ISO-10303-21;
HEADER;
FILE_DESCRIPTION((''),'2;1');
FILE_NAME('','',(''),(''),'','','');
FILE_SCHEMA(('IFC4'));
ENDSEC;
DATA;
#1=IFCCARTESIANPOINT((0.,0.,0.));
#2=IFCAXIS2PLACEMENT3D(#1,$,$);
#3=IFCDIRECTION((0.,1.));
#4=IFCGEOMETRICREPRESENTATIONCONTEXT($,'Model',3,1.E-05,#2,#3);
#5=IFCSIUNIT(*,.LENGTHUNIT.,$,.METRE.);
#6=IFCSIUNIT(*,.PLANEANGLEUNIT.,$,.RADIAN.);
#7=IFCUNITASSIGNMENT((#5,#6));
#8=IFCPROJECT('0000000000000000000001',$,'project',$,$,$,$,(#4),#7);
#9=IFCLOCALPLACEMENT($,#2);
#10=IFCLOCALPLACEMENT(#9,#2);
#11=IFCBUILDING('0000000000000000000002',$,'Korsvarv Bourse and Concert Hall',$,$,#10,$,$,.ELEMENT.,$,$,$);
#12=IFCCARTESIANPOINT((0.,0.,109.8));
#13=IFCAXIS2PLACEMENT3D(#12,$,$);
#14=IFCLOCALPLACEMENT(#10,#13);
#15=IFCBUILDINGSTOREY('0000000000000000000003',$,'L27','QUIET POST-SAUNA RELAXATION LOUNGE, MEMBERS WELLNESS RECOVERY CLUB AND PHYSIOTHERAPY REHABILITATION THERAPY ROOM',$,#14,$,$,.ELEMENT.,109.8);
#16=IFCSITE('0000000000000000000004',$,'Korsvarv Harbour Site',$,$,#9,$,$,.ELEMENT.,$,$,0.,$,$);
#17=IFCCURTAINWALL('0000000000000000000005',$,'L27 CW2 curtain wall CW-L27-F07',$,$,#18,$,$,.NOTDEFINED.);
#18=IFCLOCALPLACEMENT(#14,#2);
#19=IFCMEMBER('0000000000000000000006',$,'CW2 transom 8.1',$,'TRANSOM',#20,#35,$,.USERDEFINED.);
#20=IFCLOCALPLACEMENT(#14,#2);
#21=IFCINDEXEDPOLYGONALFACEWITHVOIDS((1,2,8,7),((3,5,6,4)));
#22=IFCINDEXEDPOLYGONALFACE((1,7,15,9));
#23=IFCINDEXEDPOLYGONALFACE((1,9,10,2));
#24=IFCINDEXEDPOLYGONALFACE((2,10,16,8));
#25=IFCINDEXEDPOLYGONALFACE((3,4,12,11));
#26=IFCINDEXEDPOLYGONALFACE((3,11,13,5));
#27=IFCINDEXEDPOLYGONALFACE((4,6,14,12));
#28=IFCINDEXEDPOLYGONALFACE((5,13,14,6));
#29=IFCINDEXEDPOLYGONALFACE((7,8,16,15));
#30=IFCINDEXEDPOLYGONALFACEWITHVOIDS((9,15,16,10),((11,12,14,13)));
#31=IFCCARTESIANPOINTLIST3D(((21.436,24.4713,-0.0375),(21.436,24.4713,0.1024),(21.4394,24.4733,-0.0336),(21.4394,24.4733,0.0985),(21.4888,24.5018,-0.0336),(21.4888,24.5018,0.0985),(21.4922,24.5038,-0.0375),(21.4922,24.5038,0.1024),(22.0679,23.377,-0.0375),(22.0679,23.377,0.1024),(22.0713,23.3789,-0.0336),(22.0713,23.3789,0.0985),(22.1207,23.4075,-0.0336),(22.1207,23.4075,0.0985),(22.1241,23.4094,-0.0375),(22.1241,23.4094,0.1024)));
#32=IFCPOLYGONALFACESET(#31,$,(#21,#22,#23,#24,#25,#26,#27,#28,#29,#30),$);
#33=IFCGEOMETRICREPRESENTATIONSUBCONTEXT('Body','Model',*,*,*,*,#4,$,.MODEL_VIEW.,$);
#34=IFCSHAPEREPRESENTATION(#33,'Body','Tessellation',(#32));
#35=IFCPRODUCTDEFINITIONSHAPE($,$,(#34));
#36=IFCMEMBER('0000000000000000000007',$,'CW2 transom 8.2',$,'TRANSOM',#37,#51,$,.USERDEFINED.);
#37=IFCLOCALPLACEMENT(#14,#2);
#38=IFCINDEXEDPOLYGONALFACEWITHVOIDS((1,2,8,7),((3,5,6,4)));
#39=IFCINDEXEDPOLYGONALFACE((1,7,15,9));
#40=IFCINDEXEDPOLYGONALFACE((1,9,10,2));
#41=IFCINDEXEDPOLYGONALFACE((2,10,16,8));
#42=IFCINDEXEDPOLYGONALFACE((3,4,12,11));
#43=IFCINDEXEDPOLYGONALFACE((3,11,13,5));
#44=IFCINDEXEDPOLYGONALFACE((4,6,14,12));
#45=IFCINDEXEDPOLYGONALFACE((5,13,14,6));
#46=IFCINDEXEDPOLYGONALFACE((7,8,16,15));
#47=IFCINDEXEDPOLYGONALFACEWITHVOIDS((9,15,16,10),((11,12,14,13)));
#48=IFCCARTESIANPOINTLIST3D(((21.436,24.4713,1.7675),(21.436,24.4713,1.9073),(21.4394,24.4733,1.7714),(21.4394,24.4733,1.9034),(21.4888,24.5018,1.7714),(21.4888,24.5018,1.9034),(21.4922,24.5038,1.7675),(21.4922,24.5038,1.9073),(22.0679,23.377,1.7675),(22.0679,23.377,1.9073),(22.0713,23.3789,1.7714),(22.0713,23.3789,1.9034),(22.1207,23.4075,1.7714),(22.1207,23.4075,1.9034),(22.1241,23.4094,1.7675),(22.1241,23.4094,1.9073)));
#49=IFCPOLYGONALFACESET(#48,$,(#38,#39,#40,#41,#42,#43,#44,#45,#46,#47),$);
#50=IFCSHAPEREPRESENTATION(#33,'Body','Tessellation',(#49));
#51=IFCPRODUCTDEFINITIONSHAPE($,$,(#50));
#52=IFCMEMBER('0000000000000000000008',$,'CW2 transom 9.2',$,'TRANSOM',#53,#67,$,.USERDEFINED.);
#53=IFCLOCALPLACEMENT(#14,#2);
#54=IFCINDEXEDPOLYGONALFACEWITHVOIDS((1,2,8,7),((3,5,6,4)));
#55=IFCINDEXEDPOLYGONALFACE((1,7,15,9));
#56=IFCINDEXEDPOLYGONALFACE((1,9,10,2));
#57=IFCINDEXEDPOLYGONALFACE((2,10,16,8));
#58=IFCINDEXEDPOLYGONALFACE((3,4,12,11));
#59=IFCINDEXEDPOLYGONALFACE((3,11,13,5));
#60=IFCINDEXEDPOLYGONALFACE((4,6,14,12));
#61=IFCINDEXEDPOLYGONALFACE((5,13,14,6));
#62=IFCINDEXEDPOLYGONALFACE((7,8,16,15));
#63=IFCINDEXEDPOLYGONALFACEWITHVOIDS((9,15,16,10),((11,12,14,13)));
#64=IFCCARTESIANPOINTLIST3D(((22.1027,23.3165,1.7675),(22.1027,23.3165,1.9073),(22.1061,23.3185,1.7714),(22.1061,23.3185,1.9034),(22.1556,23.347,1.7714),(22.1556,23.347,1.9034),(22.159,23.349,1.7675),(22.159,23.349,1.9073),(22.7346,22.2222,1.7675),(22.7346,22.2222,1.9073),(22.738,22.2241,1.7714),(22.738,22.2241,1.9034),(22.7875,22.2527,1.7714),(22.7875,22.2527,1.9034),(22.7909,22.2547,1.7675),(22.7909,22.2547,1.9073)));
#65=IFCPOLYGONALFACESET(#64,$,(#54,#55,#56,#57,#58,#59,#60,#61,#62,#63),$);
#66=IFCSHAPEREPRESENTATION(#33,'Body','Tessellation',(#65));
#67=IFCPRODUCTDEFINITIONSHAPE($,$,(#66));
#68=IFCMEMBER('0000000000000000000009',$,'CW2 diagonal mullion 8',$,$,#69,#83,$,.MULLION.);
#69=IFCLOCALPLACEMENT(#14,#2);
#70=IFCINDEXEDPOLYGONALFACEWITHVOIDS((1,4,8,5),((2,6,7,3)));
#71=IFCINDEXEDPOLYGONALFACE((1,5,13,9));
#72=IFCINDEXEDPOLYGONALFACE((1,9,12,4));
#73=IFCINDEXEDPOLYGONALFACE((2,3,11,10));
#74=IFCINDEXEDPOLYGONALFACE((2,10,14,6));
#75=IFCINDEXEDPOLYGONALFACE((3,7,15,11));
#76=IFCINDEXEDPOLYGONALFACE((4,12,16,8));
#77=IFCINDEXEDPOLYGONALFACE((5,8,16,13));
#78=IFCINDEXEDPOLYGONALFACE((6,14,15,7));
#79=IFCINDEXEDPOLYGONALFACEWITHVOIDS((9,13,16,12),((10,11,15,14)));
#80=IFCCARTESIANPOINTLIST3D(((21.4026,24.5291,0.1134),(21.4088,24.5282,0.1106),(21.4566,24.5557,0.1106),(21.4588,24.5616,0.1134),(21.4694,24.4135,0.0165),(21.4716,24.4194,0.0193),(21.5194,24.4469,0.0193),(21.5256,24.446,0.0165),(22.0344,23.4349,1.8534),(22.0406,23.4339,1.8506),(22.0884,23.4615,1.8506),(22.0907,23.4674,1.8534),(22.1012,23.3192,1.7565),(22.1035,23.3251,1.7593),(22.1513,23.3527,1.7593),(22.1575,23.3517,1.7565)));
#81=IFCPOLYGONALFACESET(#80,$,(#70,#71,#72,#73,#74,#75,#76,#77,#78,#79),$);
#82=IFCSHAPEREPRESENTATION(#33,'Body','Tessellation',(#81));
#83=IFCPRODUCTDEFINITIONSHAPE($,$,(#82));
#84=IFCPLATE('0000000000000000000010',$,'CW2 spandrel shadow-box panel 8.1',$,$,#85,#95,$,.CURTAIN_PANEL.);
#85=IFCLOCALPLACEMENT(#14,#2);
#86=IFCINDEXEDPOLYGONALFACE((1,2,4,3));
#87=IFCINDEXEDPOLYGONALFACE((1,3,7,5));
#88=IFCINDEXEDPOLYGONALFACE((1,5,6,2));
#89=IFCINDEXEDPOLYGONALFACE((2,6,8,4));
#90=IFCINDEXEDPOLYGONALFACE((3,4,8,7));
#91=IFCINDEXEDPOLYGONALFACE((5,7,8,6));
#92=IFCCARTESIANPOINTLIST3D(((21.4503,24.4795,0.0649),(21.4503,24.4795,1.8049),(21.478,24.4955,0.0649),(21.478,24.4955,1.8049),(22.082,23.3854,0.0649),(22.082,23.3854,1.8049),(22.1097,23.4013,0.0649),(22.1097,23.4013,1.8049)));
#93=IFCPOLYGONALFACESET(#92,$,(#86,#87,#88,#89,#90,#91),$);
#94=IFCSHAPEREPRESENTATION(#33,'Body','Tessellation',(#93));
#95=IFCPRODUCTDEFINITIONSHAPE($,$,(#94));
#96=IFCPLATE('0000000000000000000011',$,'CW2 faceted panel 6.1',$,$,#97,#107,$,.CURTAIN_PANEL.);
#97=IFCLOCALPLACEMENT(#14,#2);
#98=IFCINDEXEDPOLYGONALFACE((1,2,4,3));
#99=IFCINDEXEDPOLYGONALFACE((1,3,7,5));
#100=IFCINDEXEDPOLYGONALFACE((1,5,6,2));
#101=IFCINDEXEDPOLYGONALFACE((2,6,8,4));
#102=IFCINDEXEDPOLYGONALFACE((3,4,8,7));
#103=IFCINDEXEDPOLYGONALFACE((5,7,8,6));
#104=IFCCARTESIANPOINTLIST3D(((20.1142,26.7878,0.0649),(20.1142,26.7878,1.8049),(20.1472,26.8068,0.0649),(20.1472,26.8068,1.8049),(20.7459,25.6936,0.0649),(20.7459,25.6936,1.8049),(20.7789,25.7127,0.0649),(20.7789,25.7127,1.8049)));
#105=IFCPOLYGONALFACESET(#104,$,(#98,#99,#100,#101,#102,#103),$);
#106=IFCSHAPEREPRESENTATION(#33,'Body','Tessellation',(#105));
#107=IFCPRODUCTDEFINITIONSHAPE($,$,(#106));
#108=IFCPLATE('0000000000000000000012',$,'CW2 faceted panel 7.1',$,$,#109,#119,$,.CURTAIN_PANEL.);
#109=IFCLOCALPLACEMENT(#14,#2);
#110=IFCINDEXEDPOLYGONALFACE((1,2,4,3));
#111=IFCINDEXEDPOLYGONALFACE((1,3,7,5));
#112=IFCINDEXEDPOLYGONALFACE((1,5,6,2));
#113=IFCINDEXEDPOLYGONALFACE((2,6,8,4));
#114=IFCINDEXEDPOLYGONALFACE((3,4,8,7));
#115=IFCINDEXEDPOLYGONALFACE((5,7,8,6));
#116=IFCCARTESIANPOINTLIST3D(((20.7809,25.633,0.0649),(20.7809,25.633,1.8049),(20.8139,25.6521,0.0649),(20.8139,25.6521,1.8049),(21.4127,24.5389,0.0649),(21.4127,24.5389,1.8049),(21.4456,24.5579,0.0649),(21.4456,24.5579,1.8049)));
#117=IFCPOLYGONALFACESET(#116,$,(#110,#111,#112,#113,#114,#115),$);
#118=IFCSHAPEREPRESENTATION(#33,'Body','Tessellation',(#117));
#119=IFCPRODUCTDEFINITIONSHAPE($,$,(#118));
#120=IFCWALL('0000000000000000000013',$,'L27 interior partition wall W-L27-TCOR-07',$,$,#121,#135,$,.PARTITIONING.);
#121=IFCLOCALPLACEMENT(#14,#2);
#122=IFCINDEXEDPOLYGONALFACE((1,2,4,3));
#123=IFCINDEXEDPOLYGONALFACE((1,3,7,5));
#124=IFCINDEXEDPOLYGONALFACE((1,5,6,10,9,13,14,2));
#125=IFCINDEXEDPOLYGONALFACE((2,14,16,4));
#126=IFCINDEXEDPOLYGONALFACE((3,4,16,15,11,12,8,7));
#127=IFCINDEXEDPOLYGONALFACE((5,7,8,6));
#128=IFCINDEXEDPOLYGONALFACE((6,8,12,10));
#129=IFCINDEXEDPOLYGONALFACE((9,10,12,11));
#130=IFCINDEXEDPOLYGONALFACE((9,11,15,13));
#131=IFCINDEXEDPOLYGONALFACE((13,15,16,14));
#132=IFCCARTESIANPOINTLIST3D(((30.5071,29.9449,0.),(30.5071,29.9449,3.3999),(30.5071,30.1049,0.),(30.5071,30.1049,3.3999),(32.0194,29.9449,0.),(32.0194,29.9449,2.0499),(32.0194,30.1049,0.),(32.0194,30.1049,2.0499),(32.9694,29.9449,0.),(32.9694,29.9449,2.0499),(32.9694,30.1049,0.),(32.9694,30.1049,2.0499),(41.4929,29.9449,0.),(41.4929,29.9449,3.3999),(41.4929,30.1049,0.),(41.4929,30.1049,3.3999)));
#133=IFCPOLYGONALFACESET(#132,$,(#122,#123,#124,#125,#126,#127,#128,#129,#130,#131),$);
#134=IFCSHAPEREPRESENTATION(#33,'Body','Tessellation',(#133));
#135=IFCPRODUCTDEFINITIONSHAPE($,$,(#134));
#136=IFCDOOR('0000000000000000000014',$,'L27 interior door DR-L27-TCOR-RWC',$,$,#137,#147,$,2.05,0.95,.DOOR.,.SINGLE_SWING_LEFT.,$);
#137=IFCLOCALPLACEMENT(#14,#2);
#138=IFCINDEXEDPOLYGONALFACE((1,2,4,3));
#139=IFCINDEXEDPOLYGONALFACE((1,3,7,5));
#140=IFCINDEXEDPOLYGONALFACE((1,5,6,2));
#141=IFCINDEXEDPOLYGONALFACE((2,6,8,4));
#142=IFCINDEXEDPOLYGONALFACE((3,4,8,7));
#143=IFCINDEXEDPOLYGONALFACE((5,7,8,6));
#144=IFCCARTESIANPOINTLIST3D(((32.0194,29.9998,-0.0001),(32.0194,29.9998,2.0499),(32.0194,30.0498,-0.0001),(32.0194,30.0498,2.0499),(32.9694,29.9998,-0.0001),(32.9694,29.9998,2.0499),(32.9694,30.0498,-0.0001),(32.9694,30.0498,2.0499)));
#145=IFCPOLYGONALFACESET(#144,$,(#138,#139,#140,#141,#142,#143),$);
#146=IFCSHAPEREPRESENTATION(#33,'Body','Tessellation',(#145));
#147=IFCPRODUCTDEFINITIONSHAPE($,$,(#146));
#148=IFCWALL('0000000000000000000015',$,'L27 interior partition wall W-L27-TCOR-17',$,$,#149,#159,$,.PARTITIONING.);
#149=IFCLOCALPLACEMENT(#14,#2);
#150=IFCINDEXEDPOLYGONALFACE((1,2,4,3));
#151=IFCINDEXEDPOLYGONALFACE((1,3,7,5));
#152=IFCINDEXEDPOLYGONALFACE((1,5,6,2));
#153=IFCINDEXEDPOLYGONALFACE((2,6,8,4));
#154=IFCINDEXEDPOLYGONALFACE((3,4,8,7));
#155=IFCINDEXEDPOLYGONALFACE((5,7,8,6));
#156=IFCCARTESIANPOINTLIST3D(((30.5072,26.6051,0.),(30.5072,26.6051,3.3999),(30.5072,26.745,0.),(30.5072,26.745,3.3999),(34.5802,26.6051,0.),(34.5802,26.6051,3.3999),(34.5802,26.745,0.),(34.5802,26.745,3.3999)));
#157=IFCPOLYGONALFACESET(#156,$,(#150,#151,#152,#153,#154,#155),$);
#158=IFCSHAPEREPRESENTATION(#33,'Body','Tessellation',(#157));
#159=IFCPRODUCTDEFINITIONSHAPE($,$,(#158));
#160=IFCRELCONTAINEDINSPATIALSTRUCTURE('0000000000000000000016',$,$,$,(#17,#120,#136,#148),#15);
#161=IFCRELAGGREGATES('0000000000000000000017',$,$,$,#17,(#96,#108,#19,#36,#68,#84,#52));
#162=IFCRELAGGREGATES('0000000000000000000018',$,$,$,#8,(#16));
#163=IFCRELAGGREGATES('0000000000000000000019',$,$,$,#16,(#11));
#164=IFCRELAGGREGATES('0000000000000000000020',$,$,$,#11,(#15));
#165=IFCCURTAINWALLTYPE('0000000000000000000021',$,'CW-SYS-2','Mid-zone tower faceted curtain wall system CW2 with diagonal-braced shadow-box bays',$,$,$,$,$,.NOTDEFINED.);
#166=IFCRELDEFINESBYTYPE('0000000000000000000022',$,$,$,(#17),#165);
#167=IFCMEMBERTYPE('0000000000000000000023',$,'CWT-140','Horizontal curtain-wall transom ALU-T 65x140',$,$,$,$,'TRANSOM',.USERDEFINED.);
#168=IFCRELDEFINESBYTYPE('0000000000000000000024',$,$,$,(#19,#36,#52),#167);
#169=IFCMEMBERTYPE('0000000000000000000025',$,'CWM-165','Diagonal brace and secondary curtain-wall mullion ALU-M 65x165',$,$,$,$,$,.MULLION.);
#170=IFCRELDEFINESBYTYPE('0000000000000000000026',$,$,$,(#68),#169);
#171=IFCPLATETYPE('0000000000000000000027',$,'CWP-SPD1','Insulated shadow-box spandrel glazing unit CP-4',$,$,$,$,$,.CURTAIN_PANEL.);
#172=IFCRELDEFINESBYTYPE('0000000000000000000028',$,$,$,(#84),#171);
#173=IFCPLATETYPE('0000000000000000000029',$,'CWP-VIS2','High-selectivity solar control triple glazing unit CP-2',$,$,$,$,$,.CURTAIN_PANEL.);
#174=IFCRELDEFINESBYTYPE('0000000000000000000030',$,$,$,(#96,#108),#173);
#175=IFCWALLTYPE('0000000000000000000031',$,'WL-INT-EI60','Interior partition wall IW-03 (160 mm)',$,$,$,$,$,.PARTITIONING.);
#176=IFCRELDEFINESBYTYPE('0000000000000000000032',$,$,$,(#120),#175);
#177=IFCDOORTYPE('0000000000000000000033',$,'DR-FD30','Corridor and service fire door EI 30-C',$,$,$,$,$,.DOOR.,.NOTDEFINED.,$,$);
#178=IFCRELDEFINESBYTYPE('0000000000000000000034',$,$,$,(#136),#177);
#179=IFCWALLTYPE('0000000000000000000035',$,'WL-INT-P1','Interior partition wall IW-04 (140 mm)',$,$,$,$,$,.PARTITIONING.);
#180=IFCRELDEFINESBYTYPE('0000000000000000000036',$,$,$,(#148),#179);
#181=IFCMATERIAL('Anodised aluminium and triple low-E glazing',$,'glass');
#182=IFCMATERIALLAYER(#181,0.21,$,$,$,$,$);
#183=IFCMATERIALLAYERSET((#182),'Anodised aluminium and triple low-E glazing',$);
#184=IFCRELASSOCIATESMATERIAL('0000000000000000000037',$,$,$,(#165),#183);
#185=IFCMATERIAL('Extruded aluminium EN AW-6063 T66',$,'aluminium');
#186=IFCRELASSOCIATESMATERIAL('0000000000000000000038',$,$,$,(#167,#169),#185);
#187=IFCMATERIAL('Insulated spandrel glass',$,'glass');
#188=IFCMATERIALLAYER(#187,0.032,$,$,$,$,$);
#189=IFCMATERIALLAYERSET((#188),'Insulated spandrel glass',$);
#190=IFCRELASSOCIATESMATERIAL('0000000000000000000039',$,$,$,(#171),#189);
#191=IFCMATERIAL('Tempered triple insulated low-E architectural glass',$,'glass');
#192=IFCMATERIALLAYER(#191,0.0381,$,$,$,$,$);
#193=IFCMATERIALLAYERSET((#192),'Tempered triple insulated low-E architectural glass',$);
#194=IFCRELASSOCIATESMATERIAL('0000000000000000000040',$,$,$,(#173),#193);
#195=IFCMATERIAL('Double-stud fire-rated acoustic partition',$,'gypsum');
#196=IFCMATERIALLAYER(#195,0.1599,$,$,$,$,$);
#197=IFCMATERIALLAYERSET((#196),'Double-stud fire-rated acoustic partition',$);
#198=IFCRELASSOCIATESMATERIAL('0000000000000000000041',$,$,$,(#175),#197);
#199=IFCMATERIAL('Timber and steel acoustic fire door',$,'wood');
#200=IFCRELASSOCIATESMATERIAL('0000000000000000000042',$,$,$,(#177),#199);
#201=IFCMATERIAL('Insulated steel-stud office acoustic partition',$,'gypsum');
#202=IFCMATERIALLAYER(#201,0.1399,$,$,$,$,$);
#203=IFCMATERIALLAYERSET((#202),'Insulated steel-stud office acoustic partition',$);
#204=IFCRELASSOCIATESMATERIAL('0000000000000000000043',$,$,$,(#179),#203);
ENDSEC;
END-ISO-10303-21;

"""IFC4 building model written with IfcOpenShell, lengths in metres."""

from ifc_helpers import new_model, si_unit, direction, frame, frame_2d, origin, origin_2d, place, context, subcontext, project, spatial, rectangle, hollow_rectangle, extrude, source, transform, mapped, material, layer, layer_set, material_profile, profile_set, type_object, element, fill, aggregate, save


model = new_model("IFC4")

# Units and contexts
model_context = context("Model", 3, precision=1e-05, world=origin(), true_north=direction((0.0, 1.0)))
body_context = subcontext(model_context, "Body", "Model", "MODEL_VIEW")
ifc_project = project(units=[si_unit("LENGTHUNIT", "METRE"), si_unit("PLANEANGLEUNIT", "RADIAN")], contexts=[model_context])

# Site, building, storey
site_placement = place(None, origin())
site = spatial("IfcSite", under=ifc_project, at=site_placement, Name="Korsvarv Harbour Site", CompositionType="ELEMENT", RefElevation=0.0)
building_placement = place(site_placement, origin())
building = spatial("IfcBuilding", under=site, at=building_placement, Name="Korsvarv Bourse and Concert Hall", CompositionType="ELEMENT")
storey_placement = place(building_placement, frame((0.0, 0.0, 109.8)))
storey = spatial("IfcBuildingStorey", under=building, at=storey_placement, Name="L27", Description="QUIET POST-SAUNA RELAXATION LOUNGE, MEMBERS WELLNESS RECOVERY CLUB AND PHYSIOTHERAPY REHABILITATION THERAPY ROOM", CompositionType="ELEMENT", Elevation=109.8)

# Curtain wall, members, plates
ifc_material_1 = material(Name="Anodised aluminium and triple low-E glazing", Category="glass")
ifc_layer_1 = layer(ifc_material_1, 0.21)
ifc_layer_set_1 = layer_set([ifc_layer_1], Name="Anodised aluminium and triple low-E glazing")
curtain_wall_type = type_object("IfcCurtainWallType", Name="CW-SYS-2", Description="Mid-zone tower faceted curtain wall system CW2 with diagonal-braced shadow-box bays", PredefinedType="NOTDEFINED", material=ifc_layer_set_1)
curtain_wall_placement = place(storey_placement, origin())
curtain_wall = element("IfcCurtainWall", 1, at=curtain_wall_placement, inside=storey, type_object=curtain_wall_type, Name="L27 CW2 curtain wall CW-L27-F07", PredefinedType="NOTDEFINED")
ifc_material_2 = material(Name="Extruded aluminium EN AW-6063 T66", Category="aluminium")
ifc_material_profile_1 = material_profile(ifc_material_2, hollow_rectangle(XDim=0.0649, YDim=0.1399, WallThickness=0.0039, at=origin_2d()), Name="ALU-T 65x140")
ifc_profile_set_1 = profile_set([ifc_material_profile_1], Name="Extruded aluminium EN AW-6063 T66")
member_type_1 = type_object("IfcMemberType", Name="CWT-140", Description="Horizontal curtain-wall transom ALU-T 65x140", ElementType="TRANSOM", PredefinedType="USERDEFINED", material=ifc_profile_set_1)
shared_shape_1 = source(origin(), body_context, "Body", "SweptSolid", [
    extrude(hollow_rectangle(XDim=0.0649, YDim=0.1399, WallThickness=0.0039, at=origin_2d()), origin(), (0.0, 0.0, 1.0), 1.2637),
])
member_1_placement = place(storey_placement, frame((21.4641, 24.4875, 0.0325), z_axis=(0.500046, -0.865999, 0.0), x_axis=(0.865999, 0.500046, 0.0)))
member_1 = element("IfcMember", 2, at=member_1_placement, type_object=member_type_1, Name="CW2 transom 8.1", ObjectType="TRANSOM", PredefinedType="USERDEFINED", context=body_context, shape_type="MappedRepresentation", body=[
    mapped(shared_shape_1, transform((0.0, 0.0, 0.0), scale=1.0)),
])
member_2_placement = place(storey_placement, frame((21.4641, 24.4875, 1.8374), z_axis=(0.500046, -0.865999, 0.0), x_axis=(0.865999, 0.500046, 0.0)))
member_2 = element("IfcMember", 3, at=member_2_placement, type_object=member_type_1, Name="CW2 transom 8.2", ObjectType="TRANSOM", PredefinedType="USERDEFINED", context=body_context, shape_type="MappedRepresentation", body=[
    mapped(shared_shape_1, transform((0.0, 0.0, 0.0), scale=1.0)),
])
member_3_placement = place(storey_placement, frame((22.1309, 23.3328, 1.8374), z_axis=(0.500046, -0.865999, 0.0), x_axis=(0.865999, 0.500046, 0.0)))
member_3 = element("IfcMember", 4, at=member_3_placement, type_object=member_type_1, Name="CW2 transom 9.2", ObjectType="TRANSOM", PredefinedType="USERDEFINED", context=body_context, shape_type="MappedRepresentation", body=[
    mapped(shared_shape_1, transform((0.0, 0.0, 0.0), scale=1.0)),
])
ifc_material_profile_2 = material_profile(ifc_material_2, hollow_rectangle(XDim=0.0649, YDim=0.165, WallThickness=0.0049, at=origin_2d()), Name="ALU-M 65x165")
ifc_profile_set_2 = profile_set([ifc_material_profile_2], Name="Extruded aluminium EN AW-6063 T66")
member_type_2 = type_object("IfcMemberType", Name="CWM-165", Description="Diagonal brace and secondary curtain-wall mullion ALU-M 65x165", PredefinedType="MULLION", material=ifc_profile_set_2)
shared_shape_2 = source(origin(), body_context, "Body", "SweptSolid", [
    extrude(hollow_rectangle(XDim=0.0649, YDim=0.165, WallThickness=0.0049, at=origin_2d()), origin(), (0.0, 0.0, 1.0), 2.1504),
])
member_4_placement = place(storey_placement, frame((21.4641, 24.4875, 0.0649), z_axis=(0.293825, -0.508858, 0.809154), x_axis=(0.865999, 0.500046, 0.0)))
member_4 = element("IfcMember", 5, at=member_4_placement, type_object=member_type_2, Name="CW2 diagonal mullion 8", PredefinedType="MULLION", context=body_context, shape_type="MappedRepresentation", body=[
    mapped(shared_shape_2, transform((0.0, 0.0, 0.0), scale=1.0)),
])
ifc_material_3 = material(Name="Insulated spandrel glass", Category="glass")
ifc_layer_2 = layer(ifc_material_3, 0.032)
ifc_layer_set_2 = layer_set([ifc_layer_2], Name="Insulated spandrel glass")
plate_type_1 = type_object("IfcPlateType", Name="CWP-SPD1", Description="Insulated shadow-box spandrel glazing unit CP-4", PredefinedType="CURTAIN_PANEL", material=ifc_layer_set_2)
shared_shape_3 = source(origin(), body_context, "Body", "SweptSolid", [
    extrude(rectangle(XDim=1.2634, YDim=0.032, at=origin_2d()), origin(), (0.0, 0.0, 1.0), 1.74),
])
plate_1_placement = place(storey_placement, frame((21.78, 23.9404, 0.0649), z_axis=(0.0, 0.0, 1.0), x_axis=(0.500006, -0.866022, 0.0)))
plate_1 = element("IfcPlate", 6, at=plate_1_placement, type_object=plate_type_1, Name="CW2 spandrel shadow-box panel 8.1", PredefinedType="CURTAIN_PANEL", context=body_context, shape_type="MappedRepresentation", body=[
    mapped(shared_shape_3, transform((0.0, 0.0, 0.0), scale=1.0)),
])
ifc_material_4 = material(Name="Tempered triple insulated low-E architectural glass", Category="glass")
ifc_layer_3 = layer(ifc_material_4, 0.0381)
ifc_layer_set_3 = layer_set([ifc_layer_3], Name="Tempered triple insulated low-E architectural glass")
plate_type_2 = type_object("IfcPlateType", Name="CWP-VIS2", Description="High-selectivity solar control triple glazing unit CP-2", PredefinedType="CURTAIN_PANEL", material=ifc_layer_set_3)
shared_shape_4 = source(origin(), body_context, "Body", "SweptSolid", [
    extrude(rectangle(XDim=1.2634, YDim=0.0381, at=origin_2d()), origin(), (0.0, 0.0, 1.0), 1.74),
])
plate_2_placement = place(storey_placement, frame((20.4465, 26.2502, 0.0649), z_axis=(0.0, 0.0, 1.0), x_axis=(0.500006, -0.866022, 0.0)))
plate_2 = element("IfcPlate", 7, at=plate_2_placement, type_object=plate_type_2, Name="CW2 faceted panel 6.1", PredefinedType="CURTAIN_PANEL", context=body_context, shape_type="MappedRepresentation", body=[
    mapped(shared_shape_4, transform((0.0, 0.0, 0.0), scale=1.0)),
])
plate_3_placement = place(storey_placement, frame((21.1133, 25.0955, 0.0649), z_axis=(0.0, 0.0, 1.0), x_axis=(0.500006, -0.866022, 0.0)))
plate_3 = element("IfcPlate", 8, at=plate_3_placement, type_object=plate_type_2, Name="CW2 faceted panel 7.1", PredefinedType="CURTAIN_PANEL", context=body_context, shape_type="MappedRepresentation", body=[
    mapped(shared_shape_4, transform((0.0, 0.0, 0.0), scale=1.0)),
])
aggregate(curtain_wall, [plate_2, plate_3, member_1, member_2, member_4, plate_1, member_3])

# Wall, opening, door
ifc_material_5 = material(Name="Double-stud fire-rated acoustic partition", Category="gypsum")
ifc_layer_4 = layer(ifc_material_5, 0.1599)
ifc_layer_set_4 = layer_set([ifc_layer_4], Name="Double-stud fire-rated acoustic partition")
wall_type_1 = type_object("IfcWallType", Name="WL-INT-EI60", Description="Interior partition wall IW-03 (160 mm)", PredefinedType="PARTITIONING", material=ifc_layer_set_4)
wall_1_placement = place(storey_placement, frame((30.5071, 30.0249, 0.0), z_axis=(0.0, 0.0, 1.0), x_axis=(1.0, 0.0, 0.0)))
wall_1 = element("IfcWall", 9, at=wall_1_placement, inside=storey, type_object=wall_type_1, Name="L27 interior partition wall W-L27-TCOR-07", PredefinedType="PARTITIONING", context=body_context, shape_type="SweptSolid", body=[
    extrude(rectangle(XDim=10.9858, YDim=0.1599, at=frame_2d((5.4929, 0.0))), origin(), (0.0, 0.0, 1.0), 3.3999),
])
opening_placement = place(wall_1_placement, frame((1.5122, 0.0, 0.0)))
opening = element("IfcOpeningElement", 10, at=opening_placement, cuts=wall_1, PredefinedType="OPENING", context=body_context, shape_type="SweptSolid", body=[
    extrude(rectangle(XDim=0.95, YDim=2.05, at=frame_2d((0.4751, 1.0249))), frame((0.0, 0.0898, 0.0), z_axis=(0.0, -1.0, 0.0), x_axis=(1.0, 0.0, 0.0)), (0.0, 0.0, 1.0), 0.1799),
])
ifc_material_6 = material(Name="Timber and steel acoustic fire door", Category="wood")
door_type = type_object("IfcDoorType", Name="DR-FD30", Description="Corridor and service fire door EI 30-C", OperationType="NOTDEFINED", PredefinedType="DOOR", material=ifc_material_6)
door_placement = place(opening_placement, origin())
door = element("IfcDoor", 11, at=door_placement, inside=storey, type_object=door_type, Name="L27 interior door DR-L27-TCOR-RWC", OperationType="SINGLE_SWING_LEFT", OverallHeight=2.05, OverallWidth=0.95, PredefinedType="DOOR", context=body_context, shape_type="SweptSolid", body=[
    extrude(rectangle(XDim=0.95, YDim=2.05, at=frame_2d((0.4751, 1.0249))), frame((0.0, 0.0249, 0.0), z_axis=(0.0, -1.0, 0.0), x_axis=(1.0, 0.0, 0.0)), (0.0, 0.0, 1.0), 0.05),
])
fill(opening, door)

# Wall
ifc_material_7 = material(Name="Insulated steel-stud office acoustic partition", Category="gypsum")
ifc_layer_5 = layer(ifc_material_7, 0.1399)
ifc_layer_set_5 = layer_set([ifc_layer_5], Name="Insulated steel-stud office acoustic partition")
wall_type_2 = type_object("IfcWallType", Name="WL-INT-P1", Description="Interior partition wall IW-04 (140 mm)", PredefinedType="PARTITIONING", material=ifc_layer_set_5)
wall_2_placement = place(storey_placement, frame((30.5071, 26.675, 0.0), z_axis=(0.0, 0.0, 1.0), x_axis=(1.0, 0.0, 0.0)))
element("IfcWall", 12, at=wall_2_placement, inside=storey, type_object=wall_type_2, Name="L27 interior partition wall W-L27-TCOR-17", PredefinedType="PARTITIONING", context=body_context, shape_type="SweptSolid", body=[
    extrude(rectangle(XDim=4.073, YDim=0.1399, at=frame_2d((2.0366, 0.0))), origin(), (0.0, 0.0, 1.0), 3.3999),
])

save(model, "model.ifc")
